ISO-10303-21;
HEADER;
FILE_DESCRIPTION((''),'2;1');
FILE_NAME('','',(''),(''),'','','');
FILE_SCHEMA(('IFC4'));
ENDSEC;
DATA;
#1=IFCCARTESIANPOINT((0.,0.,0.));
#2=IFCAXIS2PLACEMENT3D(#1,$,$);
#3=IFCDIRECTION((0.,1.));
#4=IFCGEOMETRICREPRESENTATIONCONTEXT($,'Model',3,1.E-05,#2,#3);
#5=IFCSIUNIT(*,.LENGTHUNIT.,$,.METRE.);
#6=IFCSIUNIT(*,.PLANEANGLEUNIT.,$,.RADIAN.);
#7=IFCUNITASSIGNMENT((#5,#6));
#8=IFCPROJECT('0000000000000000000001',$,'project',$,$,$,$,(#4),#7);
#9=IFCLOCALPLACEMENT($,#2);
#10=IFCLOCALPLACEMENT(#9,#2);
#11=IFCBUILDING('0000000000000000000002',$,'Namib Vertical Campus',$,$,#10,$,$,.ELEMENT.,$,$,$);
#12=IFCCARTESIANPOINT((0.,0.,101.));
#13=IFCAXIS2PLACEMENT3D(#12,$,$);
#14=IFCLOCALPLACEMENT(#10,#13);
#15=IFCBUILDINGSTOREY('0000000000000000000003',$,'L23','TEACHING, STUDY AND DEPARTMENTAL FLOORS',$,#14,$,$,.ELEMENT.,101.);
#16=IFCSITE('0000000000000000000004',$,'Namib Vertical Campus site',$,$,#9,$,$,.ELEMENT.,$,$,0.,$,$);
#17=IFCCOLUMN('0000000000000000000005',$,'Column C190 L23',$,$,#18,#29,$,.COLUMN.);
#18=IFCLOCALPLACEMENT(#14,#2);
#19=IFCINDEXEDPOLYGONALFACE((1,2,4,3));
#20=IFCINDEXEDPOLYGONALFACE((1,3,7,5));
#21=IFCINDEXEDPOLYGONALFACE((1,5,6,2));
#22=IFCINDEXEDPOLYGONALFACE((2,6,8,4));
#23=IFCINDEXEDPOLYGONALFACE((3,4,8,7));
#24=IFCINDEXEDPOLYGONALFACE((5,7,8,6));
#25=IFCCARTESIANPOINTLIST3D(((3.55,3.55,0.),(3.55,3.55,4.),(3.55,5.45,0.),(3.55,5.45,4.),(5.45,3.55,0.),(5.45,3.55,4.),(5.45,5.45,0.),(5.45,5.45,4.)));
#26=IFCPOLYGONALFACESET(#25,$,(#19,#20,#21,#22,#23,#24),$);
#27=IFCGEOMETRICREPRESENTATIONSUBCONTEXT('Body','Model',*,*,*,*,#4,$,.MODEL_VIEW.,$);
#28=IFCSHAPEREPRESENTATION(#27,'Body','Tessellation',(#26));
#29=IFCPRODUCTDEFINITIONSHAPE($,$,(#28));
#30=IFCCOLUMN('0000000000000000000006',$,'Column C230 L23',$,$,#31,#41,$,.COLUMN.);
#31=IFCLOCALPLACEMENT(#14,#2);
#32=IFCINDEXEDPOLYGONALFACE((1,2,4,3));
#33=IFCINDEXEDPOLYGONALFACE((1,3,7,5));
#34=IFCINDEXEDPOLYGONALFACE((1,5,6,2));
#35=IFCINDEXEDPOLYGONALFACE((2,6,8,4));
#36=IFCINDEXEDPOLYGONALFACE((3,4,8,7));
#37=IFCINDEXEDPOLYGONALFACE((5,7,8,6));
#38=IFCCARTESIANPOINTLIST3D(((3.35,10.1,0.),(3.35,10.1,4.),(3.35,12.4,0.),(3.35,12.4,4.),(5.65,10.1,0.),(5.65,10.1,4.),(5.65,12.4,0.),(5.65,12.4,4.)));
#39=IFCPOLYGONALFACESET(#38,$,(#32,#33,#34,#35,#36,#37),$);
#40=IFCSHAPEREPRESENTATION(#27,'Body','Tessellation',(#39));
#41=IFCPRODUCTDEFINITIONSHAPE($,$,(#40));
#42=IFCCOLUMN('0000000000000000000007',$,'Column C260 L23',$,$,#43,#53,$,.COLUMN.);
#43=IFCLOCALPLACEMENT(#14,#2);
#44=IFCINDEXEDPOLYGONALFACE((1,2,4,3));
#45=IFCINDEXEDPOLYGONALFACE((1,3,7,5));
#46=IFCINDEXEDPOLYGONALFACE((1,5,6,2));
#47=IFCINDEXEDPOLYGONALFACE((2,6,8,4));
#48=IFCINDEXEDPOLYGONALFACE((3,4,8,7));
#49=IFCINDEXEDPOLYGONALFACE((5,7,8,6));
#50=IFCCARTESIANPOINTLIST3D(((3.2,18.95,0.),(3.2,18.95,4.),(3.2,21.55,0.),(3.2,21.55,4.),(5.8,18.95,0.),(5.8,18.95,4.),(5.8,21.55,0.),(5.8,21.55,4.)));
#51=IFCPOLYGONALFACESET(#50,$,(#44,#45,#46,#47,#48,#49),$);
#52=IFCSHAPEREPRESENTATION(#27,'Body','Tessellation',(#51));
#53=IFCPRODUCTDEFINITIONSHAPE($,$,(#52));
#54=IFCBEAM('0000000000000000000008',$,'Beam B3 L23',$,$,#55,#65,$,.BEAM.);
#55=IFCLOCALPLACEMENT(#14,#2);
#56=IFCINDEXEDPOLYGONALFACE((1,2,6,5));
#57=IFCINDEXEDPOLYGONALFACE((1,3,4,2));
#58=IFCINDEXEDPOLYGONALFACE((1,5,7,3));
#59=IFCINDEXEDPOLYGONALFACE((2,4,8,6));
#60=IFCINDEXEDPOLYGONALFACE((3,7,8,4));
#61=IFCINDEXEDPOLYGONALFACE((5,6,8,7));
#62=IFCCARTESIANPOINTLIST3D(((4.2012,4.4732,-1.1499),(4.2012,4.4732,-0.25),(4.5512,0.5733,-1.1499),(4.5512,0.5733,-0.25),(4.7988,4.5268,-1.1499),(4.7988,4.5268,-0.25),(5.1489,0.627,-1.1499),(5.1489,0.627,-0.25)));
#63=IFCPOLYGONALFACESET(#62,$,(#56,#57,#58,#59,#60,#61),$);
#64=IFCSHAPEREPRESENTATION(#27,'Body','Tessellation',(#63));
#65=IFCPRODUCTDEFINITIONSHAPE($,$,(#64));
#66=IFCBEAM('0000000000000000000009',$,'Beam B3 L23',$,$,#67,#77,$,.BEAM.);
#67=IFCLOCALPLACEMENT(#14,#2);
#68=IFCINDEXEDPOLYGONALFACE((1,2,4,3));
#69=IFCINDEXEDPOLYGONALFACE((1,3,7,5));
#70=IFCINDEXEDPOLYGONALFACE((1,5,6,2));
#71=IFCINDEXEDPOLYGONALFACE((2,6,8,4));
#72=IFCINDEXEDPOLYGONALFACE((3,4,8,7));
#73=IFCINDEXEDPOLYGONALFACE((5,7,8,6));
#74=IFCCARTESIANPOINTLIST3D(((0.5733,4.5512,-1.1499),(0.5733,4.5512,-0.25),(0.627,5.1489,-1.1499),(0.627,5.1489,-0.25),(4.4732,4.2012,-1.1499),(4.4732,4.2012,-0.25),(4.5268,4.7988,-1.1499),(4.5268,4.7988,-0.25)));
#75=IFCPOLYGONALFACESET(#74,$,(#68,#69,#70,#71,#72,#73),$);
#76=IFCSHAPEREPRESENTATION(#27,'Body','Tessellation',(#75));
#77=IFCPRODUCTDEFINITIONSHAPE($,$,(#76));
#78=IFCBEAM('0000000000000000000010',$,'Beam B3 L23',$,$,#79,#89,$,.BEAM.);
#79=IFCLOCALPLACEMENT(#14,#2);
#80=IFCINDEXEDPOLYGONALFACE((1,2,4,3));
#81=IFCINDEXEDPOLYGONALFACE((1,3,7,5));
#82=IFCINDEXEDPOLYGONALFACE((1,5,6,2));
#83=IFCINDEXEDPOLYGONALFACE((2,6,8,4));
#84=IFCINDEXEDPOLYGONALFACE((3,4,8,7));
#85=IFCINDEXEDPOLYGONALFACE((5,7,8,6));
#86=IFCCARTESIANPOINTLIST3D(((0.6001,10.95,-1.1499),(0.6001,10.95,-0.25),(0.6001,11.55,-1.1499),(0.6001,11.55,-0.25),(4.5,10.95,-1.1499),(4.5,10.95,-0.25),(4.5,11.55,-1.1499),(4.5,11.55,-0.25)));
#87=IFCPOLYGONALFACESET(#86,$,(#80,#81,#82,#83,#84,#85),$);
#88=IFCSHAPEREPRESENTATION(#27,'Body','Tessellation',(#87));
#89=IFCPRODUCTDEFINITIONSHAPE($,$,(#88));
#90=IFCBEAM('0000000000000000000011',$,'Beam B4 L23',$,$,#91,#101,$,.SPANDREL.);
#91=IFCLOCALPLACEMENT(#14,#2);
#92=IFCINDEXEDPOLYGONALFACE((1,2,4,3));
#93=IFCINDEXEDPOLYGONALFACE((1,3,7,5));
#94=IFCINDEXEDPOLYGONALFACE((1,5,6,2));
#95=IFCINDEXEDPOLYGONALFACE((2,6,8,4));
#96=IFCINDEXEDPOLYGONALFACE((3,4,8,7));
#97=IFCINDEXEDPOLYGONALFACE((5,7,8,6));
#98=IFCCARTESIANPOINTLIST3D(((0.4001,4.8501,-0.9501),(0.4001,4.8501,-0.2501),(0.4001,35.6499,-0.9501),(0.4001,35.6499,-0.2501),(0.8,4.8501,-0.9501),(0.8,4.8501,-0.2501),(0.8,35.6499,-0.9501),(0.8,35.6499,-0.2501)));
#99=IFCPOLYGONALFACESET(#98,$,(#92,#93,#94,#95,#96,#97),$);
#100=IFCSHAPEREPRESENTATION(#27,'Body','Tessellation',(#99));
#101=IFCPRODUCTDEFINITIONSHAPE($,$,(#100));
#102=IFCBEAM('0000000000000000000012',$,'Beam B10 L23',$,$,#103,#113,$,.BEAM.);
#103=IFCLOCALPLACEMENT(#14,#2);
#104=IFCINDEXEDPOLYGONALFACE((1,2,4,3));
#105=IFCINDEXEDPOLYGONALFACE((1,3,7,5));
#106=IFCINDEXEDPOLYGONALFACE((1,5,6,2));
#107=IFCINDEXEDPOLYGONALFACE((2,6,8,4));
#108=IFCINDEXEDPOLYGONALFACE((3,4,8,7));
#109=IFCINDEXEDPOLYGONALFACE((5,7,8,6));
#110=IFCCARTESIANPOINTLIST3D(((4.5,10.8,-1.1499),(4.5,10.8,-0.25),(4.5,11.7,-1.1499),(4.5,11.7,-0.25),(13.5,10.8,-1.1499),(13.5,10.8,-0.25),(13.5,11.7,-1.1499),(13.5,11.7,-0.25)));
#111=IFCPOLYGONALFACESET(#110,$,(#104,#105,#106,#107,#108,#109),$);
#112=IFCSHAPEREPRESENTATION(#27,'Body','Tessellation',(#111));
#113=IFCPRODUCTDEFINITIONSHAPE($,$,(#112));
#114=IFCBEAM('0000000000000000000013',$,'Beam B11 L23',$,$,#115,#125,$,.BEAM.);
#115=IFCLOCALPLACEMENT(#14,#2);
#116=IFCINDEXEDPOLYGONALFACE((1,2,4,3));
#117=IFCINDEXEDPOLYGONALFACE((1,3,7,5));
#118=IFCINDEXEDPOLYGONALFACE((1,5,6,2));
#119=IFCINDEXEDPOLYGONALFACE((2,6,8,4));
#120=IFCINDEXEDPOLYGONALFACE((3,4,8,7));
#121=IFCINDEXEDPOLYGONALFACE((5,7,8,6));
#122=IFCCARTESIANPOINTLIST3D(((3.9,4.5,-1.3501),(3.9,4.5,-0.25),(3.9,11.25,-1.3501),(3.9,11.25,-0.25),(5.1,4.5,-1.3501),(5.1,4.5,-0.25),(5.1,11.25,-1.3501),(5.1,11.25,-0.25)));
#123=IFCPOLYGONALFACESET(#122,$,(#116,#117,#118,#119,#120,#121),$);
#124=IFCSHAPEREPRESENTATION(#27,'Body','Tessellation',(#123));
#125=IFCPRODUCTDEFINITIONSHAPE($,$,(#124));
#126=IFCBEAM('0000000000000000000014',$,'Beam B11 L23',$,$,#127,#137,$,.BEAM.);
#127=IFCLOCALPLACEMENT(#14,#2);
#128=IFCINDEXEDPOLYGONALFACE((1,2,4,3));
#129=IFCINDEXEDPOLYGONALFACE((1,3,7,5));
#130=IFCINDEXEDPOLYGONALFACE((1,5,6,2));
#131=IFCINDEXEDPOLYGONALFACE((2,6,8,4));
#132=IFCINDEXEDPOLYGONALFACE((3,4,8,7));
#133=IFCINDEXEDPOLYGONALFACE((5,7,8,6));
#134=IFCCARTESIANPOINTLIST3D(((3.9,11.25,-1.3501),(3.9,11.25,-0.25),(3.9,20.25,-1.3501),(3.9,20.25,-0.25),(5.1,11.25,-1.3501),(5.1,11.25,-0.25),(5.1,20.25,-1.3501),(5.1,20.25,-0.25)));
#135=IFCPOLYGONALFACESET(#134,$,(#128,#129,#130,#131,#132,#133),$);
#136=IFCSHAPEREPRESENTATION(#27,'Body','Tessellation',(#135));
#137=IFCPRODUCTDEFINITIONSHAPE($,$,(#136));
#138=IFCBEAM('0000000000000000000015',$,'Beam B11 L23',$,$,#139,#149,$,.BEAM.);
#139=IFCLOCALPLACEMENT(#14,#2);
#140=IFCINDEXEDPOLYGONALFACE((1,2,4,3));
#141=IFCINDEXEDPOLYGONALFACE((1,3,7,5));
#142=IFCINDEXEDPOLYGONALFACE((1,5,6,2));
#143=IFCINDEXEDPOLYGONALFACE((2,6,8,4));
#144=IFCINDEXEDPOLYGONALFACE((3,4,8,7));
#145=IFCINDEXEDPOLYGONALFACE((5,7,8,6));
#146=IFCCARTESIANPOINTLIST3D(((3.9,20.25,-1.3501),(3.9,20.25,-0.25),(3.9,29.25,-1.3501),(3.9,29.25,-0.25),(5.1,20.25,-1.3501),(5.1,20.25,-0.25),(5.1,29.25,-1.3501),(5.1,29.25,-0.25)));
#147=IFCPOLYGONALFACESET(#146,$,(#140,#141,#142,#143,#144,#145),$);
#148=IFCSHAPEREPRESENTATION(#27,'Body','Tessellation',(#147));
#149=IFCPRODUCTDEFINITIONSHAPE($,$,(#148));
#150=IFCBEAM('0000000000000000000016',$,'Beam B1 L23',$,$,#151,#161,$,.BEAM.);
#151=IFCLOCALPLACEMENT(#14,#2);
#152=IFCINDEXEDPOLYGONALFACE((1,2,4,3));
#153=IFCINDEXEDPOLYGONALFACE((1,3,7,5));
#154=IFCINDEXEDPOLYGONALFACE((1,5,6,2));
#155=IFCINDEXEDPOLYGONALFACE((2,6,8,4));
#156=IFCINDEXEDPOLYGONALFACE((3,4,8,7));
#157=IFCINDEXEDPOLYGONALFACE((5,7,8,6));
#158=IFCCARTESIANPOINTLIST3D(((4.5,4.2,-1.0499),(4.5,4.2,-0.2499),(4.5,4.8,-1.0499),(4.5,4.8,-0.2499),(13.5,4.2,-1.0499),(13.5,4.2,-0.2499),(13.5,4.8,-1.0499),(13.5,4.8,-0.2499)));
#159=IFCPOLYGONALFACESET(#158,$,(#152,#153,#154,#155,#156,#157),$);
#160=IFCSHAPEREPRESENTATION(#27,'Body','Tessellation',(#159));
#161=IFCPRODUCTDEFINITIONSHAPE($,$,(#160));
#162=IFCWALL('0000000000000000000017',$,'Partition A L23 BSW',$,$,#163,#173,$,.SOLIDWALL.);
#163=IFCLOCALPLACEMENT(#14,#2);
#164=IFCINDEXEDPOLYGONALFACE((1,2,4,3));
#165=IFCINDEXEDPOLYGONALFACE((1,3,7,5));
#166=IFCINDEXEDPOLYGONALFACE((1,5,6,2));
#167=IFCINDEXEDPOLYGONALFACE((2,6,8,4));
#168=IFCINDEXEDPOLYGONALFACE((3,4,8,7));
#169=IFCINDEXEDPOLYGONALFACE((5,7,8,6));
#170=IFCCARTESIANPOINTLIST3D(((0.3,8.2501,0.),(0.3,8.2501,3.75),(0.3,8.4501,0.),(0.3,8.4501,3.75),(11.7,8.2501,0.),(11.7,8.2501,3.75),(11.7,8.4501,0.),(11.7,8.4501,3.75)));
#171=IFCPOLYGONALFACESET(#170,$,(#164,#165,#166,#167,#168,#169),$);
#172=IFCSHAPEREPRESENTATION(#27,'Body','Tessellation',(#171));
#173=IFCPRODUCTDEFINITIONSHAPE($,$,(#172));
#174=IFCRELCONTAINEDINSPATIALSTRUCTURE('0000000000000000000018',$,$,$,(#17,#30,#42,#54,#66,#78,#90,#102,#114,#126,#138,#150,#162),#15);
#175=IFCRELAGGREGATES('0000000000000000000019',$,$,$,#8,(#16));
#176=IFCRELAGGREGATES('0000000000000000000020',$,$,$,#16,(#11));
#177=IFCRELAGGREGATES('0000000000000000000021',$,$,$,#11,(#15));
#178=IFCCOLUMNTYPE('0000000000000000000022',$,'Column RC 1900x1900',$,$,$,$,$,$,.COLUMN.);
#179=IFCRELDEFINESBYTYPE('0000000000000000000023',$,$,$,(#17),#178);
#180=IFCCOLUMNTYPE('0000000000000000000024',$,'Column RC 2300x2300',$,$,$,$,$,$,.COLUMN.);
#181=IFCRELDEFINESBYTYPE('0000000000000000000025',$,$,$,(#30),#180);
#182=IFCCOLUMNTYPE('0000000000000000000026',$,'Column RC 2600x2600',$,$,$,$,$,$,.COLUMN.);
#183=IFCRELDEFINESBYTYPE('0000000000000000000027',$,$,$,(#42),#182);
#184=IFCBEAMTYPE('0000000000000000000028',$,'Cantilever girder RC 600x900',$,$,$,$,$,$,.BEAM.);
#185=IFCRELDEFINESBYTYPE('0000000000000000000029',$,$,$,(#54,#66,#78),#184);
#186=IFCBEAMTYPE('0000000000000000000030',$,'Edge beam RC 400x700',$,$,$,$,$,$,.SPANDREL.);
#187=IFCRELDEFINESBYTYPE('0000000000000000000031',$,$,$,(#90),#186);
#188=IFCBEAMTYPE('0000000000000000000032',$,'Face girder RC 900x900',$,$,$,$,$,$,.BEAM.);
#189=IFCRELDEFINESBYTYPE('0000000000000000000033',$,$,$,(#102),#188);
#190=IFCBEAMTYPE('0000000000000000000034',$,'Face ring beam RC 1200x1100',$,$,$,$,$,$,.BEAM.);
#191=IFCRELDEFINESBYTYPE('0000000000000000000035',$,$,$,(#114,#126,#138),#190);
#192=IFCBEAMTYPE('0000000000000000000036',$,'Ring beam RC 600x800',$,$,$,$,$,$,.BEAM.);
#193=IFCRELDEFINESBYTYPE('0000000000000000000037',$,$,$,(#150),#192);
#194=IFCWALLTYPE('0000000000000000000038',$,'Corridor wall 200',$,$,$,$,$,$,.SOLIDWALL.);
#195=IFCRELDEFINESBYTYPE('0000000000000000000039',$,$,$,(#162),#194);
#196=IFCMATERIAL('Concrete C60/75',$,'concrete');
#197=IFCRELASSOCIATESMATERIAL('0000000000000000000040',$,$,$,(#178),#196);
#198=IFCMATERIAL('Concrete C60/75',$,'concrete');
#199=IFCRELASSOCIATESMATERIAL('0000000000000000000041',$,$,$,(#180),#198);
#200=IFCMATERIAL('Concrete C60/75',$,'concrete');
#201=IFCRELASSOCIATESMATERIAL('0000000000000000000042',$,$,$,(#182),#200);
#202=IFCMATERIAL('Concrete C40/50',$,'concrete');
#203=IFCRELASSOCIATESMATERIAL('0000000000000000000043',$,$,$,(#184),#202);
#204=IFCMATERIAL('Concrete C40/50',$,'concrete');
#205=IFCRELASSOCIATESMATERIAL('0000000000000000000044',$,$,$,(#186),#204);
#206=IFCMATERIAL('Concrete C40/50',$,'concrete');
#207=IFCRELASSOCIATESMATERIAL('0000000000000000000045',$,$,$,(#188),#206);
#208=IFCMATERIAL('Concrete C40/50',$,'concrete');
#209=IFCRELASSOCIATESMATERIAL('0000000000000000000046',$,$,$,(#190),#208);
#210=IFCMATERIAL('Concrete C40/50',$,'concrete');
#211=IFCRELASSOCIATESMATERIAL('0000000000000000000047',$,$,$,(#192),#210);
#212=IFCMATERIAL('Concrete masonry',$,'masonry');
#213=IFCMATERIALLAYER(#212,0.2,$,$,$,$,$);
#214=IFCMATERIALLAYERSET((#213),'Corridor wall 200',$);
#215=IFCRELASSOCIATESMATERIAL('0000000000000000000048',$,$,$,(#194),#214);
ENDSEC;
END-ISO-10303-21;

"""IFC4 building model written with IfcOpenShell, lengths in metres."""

from ifc_helpers import new_model, si_unit, direction, frame, frame_2d, origin, origin_2d, place, context, subcontext, project, spatial, rectangle, extrude, material, layer, layer_set, material_profile, profile_set, type_object, element, save


model = new_model("IFC4")

# Units and contexts
model_context = context("Model", 3, precision=1e-05, world=origin(), true_north=direction((0.0, 1.0)))
body_context = subcontext(model_context, "Body", "Model", "MODEL_VIEW")
ifc_project = project(units=[si_unit("LENGTHUNIT", "METRE"), si_unit("PLANEANGLEUNIT", "RADIAN")], contexts=[model_context])

# Site, building, storey
site_placement = place(None, origin())
site = spatial("IfcSite", under=ifc_project, at=site_placement, Name="Namib Vertical Campus site", CompositionType="ELEMENT", RefElevation=0.0)
building_placement = place(site_placement, origin())
building = spatial("IfcBuilding", under=site, at=building_placement, Name="Namib Vertical Campus", CompositionType="ELEMENT")
storey_placement = place(building_placement, frame((0.0, 0.0, 101.0)))
storey = spatial("IfcBuildingStorey", under=building, at=storey_placement, Name="L23", Description="TEACHING, STUDY AND DEPARTMENTAL FLOORS", CompositionType="ELEMENT", Elevation=101.0)

# Columns
ifc_material_1 = material(Name="Concrete C60/75", Category="concrete")
ifc_material_profile_1 = material_profile(ifc_material_1, rectangle(XDim=1.8999, YDim=1.8999, at=origin_2d()))
ifc_profile_set_1 = profile_set([ifc_material_profile_1], Name="Concrete C60/75")
column_type_1 = type_object("IfcColumnType", Name="Column RC 1900x1900", PredefinedType="COLUMN", material=ifc_profile_set_1)
column_1_placement = place(storey_placement, frame((4.5, 4.5, 0.0), z_axis=(0.0, 0.0, 1.0), x_axis=(1.0, 0.0, 0.0)))
element("IfcColumn", 1, at=column_1_placement, inside=storey, type_object=column_type_1, Name="Column C190 L23", PredefinedType="COLUMN", context=body_context, shape_type="SweptSolid", body=[
    extrude(rectangle(XDim=1.8999, YDim=1.8999, at=origin_2d()), origin(), (0.0, 0.0, 1.0), 4.0),
])
ifc_material_2 = material(Name="Concrete C60/75", Category="concrete")
ifc_material_profile_2 = material_profile(ifc_material_2, rectangle(XDim=2.3, YDim=2.3, at=origin_2d()))
ifc_profile_set_2 = profile_set([ifc_material_profile_2], Name="Concrete C60/75")
column_type_2 = type_object("IfcColumnType", Name="Column RC 2300x2300", PredefinedType="COLUMN", material=ifc_profile_set_2)
column_2_placement = place(storey_placement, frame((4.5, 11.25, 0.0), z_axis=(0.0, 0.0, 1.0), x_axis=(1.0, 0.0, 0.0)))
element("IfcColumn", 2, at=column_2_placement, inside=storey, type_object=column_type_2, Name="Column C230 L23", PredefinedType="COLUMN", context=body_context, shape_type="SweptSolid", body=[
    extrude(rectangle(XDim=2.3, YDim=2.3, at=origin_2d()), origin(), (0.0, 0.0, 1.0), 4.0),
])
ifc_material_3 = material(Name="Concrete C60/75", Category="concrete")
ifc_material_profile_3 = material_profile(ifc_material_3, rectangle(XDim=2.6001, YDim=2.6001, at=origin_2d()))
ifc_profile_set_3 = profile_set([ifc_material_profile_3], Name="Concrete C60/75")
column_type_3 = type_object("IfcColumnType", Name="Column RC 2600x2600", PredefinedType="COLUMN", material=ifc_profile_set_3)
column_3_placement = place(storey_placement, frame((4.5, 20.25, 0.0), z_axis=(0.0, 0.0, 1.0), x_axis=(1.0, 0.0, 0.0)))
element("IfcColumn", 3, at=column_3_placement, inside=storey, type_object=column_type_3, Name="Column C260 L23", PredefinedType="COLUMN", context=body_context, shape_type="SweptSolid", body=[
    extrude(rectangle(XDim=2.6001, YDim=2.6001, at=origin_2d()), origin(), (0.0, 0.0, 1.0), 4.0),
])

# Beams
ifc_material_4 = material(Name="Concrete C40/50", Category="concrete")
ifc_material_profile_4 = material_profile(ifc_material_4, rectangle(XDim=0.6001, YDim=0.8999, at=origin_2d()))
ifc_profile_set_4 = profile_set([ifc_material_profile_4], Name="Concrete C40/50")
beam_type_1 = type_object("IfcBeamType", Name="Cantilever girder RC 600x900", PredefinedType="BEAM", material=ifc_profile_set_4)
for number, where, z_axis, x_axis, name in (
    (4, (4.5, 4.5, -0.7), (0.089411, -0.995995, 0.0), (0.995995, 0.089411, 0.0), "Beam B3 L23"),
    (5, (4.5, 4.5, -0.7), (-0.995995, 0.089411, 0.0), (-0.089411, -0.995995, 0.0), "Beam B3 L23"),
):
    element("IfcBeam", number, at=place(storey_placement, frame(where, z_axis=z_axis, x_axis=x_axis)), inside=storey, type_object=beam_type_1, Name=name, PredefinedType="BEAM", context=body_context, shape_type="SweptSolid", body=[
        extrude(rectangle(XDim=0.6001, YDim=0.8999, at=origin_2d()), origin(), (0.0, 0.0, 1.0), 3.9155),
    ])
beam_1_placement = place(storey_placement, frame((4.5, 11.25, -0.7), z_axis=(-1.0, 0.0, 0.0), x_axis=(0.0, -1.0, 0.0)))
element("IfcBeam", 6, at=beam_1_placement, inside=storey, type_object=beam_type_1, Name="Beam B3 L23", PredefinedType="BEAM", context=body_context, shape_type="SweptSolid", body=[
    extrude(rectangle(XDim=0.6001, YDim=0.8999, at=origin_2d()), origin(), (0.0, 0.0, 1.0), 3.8999),
])
ifc_material_5 = material(Name="Concrete C40/50", Category="concrete")
ifc_material_profile_5 = material_profile(ifc_material_5, rectangle(XDim=0.3999, YDim=0.7, at=origin_2d()))
ifc_profile_set_5 = profile_set([ifc_material_profile_5], Name="Concrete C40/50")
beam_type_2 = type_object("IfcBeamType", Name="Edge beam RC 400x700", PredefinedType="SPANDREL", material=ifc_profile_set_5)
beam_2_placement = place(storey_placement, frame((0.6001, 4.8501, -0.6001), z_axis=(0.0, 1.0, 0.0), x_axis=(-1.0, 0.0, 0.0)))
element("IfcBeam", 7, at=beam_2_placement, inside=storey, type_object=beam_type_2, Name="Beam B4 L23", PredefinedType="SPANDREL", context=body_context, shape_type="SweptSolid", body=[
    extrude(rectangle(XDim=0.3999, YDim=0.7, at=origin_2d()), origin(), (0.0, 0.0, 1.0), 30.7998),
])
ifc_material_6 = material(Name="Concrete C40/50", Category="concrete")
ifc_material_profile_6 = material_profile(ifc_material_6, rectangle(XDim=0.8999, YDim=0.8999, at=origin_2d()))
ifc_profile_set_6 = profile_set([ifc_material_profile_6], Name="Concrete C40/50")
beam_type_3 = type_object("IfcBeamType", Name="Face girder RC 900x900", PredefinedType="BEAM", material=ifc_profile_set_6)
beam_3_placement = place(storey_placement, frame((4.5, 11.25, -0.7), z_axis=(1.0, 0.0, 0.0), x_axis=(0.0, 1.0, 0.0)))
element("IfcBeam", 8, at=beam_3_placement, inside=storey, type_object=beam_type_3, Name="Beam B10 L23", PredefinedType="BEAM", context=body_context, shape_type="SweptSolid", body=[
    extrude(rectangle(XDim=0.8999, YDim=0.8999, at=origin_2d()), origin(), (0.0, 0.0, 1.0), 9.0),
])
ifc_material_7 = material(Name="Concrete C40/50", Category="concrete")
ifc_material_profile_7 = material_profile(ifc_material_7, rectangle(XDim=1.2, YDim=1.1001, at=origin_2d()))
ifc_profile_set_7 = profile_set([ifc_material_profile_7], Name="Concrete C40/50")
beam_type_4 = type_object("IfcBeamType", Name="Face ring beam RC 1200x1100", PredefinedType="BEAM", material=ifc_profile_set_7)
beam_4_placement = place(storey_placement, frame((4.5, 4.5, -0.8), z_axis=(0.0, 1.0, 0.0), x_axis=(-1.0, 0.0, 0.0)))
element("IfcBeam", 9, at=beam_4_placement, inside=storey, type_object=beam_type_4, Name="Beam B11 L23", PredefinedType="BEAM", context=body_context, shape_type="SweptSolid", body=[
    extrude(rectangle(XDim=1.2, YDim=1.1001, at=origin_2d()), origin(), (0.0, 0.0, 1.0), 6.75),
])
for number, where, z_axis, x_axis, name in (
    (10, (4.5, 11.25, -0.8), (0.0, 1.0, 0.0), (-1.0, 0.0, 0.0), "Beam B11 L23"),
    (11, (4.5, 20.25, -0.8), (0.0, 1.0, 0.0), (-1.0, 0.0, 0.0), "Beam B11 L23"),
):
    element("IfcBeam", number, at=place(storey_placement, frame(where, z_axis=z_axis, x_axis=x_axis)), inside=storey, type_object=beam_type_4, Name=name, PredefinedType="BEAM", context=body_context, shape_type="SweptSolid", body=[
        extrude(rectangle(XDim=1.2, YDim=1.1001, at=origin_2d()), origin(), (0.0, 0.0, 1.0), 9.0),
    ])
ifc_material_8 = material(Name="Concrete C40/50", Category="concrete")
ifc_material_profile_8 = material_profile(ifc_material_8, rectangle(XDim=0.6001, YDim=0.8, at=origin_2d()))
ifc_profile_set_8 = profile_set([ifc_material_profile_8], Name="Concrete C40/50")
beam_type_5 = type_object("IfcBeamType", Name="Ring beam RC 600x800", PredefinedType="BEAM", material=ifc_profile_set_8)
beam_5_placement = place(storey_placement, frame((4.5, 4.5, -0.6499), z_axis=(1.0, 0.0, 0.0), x_axis=(0.0, 1.0, 0.0)))
element("IfcBeam", 12, at=beam_5_placement, inside=storey, type_object=beam_type_5, Name="Beam B1 L23", PredefinedType="BEAM", context=body_context, shape_type="SweptSolid", body=[
    extrude(rectangle(XDim=0.6001, YDim=0.8, at=origin_2d()), origin(), (0.0, 0.0, 1.0), 9.0),
])

# Wall
ifc_material_9 = material(Name="Concrete masonry", Category="masonry")
ifc_layer_1 = layer(ifc_material_9, 0.2)
ifc_layer_set_1 = layer_set([ifc_layer_1], Name="Corridor wall 200")
wall_type_1 = type_object("IfcWallType", Name="Corridor wall 200", PredefinedType="SOLIDWALL", material=ifc_layer_set_1)
wall_1_placement = place(storey_placement, frame((0.3, 8.3501, 0.0), z_axis=(0.0, 0.0, 1.0), x_axis=(1.0, 0.0, 0.0)))
element("IfcWall", 13, at=wall_1_placement, inside=storey, type_object=wall_type_1, Name="Partition A L23 BSW", PredefinedType="SOLIDWALL", context=body_context, shape_type="SweptSolid", body=[
    extrude(rectangle(XDim=11.3999, YDim=0.2, at=frame_2d((5.7, 0.0))), origin(), (0.0, 0.0, 1.0), 3.75),
])

save(model, "model.ifc")
